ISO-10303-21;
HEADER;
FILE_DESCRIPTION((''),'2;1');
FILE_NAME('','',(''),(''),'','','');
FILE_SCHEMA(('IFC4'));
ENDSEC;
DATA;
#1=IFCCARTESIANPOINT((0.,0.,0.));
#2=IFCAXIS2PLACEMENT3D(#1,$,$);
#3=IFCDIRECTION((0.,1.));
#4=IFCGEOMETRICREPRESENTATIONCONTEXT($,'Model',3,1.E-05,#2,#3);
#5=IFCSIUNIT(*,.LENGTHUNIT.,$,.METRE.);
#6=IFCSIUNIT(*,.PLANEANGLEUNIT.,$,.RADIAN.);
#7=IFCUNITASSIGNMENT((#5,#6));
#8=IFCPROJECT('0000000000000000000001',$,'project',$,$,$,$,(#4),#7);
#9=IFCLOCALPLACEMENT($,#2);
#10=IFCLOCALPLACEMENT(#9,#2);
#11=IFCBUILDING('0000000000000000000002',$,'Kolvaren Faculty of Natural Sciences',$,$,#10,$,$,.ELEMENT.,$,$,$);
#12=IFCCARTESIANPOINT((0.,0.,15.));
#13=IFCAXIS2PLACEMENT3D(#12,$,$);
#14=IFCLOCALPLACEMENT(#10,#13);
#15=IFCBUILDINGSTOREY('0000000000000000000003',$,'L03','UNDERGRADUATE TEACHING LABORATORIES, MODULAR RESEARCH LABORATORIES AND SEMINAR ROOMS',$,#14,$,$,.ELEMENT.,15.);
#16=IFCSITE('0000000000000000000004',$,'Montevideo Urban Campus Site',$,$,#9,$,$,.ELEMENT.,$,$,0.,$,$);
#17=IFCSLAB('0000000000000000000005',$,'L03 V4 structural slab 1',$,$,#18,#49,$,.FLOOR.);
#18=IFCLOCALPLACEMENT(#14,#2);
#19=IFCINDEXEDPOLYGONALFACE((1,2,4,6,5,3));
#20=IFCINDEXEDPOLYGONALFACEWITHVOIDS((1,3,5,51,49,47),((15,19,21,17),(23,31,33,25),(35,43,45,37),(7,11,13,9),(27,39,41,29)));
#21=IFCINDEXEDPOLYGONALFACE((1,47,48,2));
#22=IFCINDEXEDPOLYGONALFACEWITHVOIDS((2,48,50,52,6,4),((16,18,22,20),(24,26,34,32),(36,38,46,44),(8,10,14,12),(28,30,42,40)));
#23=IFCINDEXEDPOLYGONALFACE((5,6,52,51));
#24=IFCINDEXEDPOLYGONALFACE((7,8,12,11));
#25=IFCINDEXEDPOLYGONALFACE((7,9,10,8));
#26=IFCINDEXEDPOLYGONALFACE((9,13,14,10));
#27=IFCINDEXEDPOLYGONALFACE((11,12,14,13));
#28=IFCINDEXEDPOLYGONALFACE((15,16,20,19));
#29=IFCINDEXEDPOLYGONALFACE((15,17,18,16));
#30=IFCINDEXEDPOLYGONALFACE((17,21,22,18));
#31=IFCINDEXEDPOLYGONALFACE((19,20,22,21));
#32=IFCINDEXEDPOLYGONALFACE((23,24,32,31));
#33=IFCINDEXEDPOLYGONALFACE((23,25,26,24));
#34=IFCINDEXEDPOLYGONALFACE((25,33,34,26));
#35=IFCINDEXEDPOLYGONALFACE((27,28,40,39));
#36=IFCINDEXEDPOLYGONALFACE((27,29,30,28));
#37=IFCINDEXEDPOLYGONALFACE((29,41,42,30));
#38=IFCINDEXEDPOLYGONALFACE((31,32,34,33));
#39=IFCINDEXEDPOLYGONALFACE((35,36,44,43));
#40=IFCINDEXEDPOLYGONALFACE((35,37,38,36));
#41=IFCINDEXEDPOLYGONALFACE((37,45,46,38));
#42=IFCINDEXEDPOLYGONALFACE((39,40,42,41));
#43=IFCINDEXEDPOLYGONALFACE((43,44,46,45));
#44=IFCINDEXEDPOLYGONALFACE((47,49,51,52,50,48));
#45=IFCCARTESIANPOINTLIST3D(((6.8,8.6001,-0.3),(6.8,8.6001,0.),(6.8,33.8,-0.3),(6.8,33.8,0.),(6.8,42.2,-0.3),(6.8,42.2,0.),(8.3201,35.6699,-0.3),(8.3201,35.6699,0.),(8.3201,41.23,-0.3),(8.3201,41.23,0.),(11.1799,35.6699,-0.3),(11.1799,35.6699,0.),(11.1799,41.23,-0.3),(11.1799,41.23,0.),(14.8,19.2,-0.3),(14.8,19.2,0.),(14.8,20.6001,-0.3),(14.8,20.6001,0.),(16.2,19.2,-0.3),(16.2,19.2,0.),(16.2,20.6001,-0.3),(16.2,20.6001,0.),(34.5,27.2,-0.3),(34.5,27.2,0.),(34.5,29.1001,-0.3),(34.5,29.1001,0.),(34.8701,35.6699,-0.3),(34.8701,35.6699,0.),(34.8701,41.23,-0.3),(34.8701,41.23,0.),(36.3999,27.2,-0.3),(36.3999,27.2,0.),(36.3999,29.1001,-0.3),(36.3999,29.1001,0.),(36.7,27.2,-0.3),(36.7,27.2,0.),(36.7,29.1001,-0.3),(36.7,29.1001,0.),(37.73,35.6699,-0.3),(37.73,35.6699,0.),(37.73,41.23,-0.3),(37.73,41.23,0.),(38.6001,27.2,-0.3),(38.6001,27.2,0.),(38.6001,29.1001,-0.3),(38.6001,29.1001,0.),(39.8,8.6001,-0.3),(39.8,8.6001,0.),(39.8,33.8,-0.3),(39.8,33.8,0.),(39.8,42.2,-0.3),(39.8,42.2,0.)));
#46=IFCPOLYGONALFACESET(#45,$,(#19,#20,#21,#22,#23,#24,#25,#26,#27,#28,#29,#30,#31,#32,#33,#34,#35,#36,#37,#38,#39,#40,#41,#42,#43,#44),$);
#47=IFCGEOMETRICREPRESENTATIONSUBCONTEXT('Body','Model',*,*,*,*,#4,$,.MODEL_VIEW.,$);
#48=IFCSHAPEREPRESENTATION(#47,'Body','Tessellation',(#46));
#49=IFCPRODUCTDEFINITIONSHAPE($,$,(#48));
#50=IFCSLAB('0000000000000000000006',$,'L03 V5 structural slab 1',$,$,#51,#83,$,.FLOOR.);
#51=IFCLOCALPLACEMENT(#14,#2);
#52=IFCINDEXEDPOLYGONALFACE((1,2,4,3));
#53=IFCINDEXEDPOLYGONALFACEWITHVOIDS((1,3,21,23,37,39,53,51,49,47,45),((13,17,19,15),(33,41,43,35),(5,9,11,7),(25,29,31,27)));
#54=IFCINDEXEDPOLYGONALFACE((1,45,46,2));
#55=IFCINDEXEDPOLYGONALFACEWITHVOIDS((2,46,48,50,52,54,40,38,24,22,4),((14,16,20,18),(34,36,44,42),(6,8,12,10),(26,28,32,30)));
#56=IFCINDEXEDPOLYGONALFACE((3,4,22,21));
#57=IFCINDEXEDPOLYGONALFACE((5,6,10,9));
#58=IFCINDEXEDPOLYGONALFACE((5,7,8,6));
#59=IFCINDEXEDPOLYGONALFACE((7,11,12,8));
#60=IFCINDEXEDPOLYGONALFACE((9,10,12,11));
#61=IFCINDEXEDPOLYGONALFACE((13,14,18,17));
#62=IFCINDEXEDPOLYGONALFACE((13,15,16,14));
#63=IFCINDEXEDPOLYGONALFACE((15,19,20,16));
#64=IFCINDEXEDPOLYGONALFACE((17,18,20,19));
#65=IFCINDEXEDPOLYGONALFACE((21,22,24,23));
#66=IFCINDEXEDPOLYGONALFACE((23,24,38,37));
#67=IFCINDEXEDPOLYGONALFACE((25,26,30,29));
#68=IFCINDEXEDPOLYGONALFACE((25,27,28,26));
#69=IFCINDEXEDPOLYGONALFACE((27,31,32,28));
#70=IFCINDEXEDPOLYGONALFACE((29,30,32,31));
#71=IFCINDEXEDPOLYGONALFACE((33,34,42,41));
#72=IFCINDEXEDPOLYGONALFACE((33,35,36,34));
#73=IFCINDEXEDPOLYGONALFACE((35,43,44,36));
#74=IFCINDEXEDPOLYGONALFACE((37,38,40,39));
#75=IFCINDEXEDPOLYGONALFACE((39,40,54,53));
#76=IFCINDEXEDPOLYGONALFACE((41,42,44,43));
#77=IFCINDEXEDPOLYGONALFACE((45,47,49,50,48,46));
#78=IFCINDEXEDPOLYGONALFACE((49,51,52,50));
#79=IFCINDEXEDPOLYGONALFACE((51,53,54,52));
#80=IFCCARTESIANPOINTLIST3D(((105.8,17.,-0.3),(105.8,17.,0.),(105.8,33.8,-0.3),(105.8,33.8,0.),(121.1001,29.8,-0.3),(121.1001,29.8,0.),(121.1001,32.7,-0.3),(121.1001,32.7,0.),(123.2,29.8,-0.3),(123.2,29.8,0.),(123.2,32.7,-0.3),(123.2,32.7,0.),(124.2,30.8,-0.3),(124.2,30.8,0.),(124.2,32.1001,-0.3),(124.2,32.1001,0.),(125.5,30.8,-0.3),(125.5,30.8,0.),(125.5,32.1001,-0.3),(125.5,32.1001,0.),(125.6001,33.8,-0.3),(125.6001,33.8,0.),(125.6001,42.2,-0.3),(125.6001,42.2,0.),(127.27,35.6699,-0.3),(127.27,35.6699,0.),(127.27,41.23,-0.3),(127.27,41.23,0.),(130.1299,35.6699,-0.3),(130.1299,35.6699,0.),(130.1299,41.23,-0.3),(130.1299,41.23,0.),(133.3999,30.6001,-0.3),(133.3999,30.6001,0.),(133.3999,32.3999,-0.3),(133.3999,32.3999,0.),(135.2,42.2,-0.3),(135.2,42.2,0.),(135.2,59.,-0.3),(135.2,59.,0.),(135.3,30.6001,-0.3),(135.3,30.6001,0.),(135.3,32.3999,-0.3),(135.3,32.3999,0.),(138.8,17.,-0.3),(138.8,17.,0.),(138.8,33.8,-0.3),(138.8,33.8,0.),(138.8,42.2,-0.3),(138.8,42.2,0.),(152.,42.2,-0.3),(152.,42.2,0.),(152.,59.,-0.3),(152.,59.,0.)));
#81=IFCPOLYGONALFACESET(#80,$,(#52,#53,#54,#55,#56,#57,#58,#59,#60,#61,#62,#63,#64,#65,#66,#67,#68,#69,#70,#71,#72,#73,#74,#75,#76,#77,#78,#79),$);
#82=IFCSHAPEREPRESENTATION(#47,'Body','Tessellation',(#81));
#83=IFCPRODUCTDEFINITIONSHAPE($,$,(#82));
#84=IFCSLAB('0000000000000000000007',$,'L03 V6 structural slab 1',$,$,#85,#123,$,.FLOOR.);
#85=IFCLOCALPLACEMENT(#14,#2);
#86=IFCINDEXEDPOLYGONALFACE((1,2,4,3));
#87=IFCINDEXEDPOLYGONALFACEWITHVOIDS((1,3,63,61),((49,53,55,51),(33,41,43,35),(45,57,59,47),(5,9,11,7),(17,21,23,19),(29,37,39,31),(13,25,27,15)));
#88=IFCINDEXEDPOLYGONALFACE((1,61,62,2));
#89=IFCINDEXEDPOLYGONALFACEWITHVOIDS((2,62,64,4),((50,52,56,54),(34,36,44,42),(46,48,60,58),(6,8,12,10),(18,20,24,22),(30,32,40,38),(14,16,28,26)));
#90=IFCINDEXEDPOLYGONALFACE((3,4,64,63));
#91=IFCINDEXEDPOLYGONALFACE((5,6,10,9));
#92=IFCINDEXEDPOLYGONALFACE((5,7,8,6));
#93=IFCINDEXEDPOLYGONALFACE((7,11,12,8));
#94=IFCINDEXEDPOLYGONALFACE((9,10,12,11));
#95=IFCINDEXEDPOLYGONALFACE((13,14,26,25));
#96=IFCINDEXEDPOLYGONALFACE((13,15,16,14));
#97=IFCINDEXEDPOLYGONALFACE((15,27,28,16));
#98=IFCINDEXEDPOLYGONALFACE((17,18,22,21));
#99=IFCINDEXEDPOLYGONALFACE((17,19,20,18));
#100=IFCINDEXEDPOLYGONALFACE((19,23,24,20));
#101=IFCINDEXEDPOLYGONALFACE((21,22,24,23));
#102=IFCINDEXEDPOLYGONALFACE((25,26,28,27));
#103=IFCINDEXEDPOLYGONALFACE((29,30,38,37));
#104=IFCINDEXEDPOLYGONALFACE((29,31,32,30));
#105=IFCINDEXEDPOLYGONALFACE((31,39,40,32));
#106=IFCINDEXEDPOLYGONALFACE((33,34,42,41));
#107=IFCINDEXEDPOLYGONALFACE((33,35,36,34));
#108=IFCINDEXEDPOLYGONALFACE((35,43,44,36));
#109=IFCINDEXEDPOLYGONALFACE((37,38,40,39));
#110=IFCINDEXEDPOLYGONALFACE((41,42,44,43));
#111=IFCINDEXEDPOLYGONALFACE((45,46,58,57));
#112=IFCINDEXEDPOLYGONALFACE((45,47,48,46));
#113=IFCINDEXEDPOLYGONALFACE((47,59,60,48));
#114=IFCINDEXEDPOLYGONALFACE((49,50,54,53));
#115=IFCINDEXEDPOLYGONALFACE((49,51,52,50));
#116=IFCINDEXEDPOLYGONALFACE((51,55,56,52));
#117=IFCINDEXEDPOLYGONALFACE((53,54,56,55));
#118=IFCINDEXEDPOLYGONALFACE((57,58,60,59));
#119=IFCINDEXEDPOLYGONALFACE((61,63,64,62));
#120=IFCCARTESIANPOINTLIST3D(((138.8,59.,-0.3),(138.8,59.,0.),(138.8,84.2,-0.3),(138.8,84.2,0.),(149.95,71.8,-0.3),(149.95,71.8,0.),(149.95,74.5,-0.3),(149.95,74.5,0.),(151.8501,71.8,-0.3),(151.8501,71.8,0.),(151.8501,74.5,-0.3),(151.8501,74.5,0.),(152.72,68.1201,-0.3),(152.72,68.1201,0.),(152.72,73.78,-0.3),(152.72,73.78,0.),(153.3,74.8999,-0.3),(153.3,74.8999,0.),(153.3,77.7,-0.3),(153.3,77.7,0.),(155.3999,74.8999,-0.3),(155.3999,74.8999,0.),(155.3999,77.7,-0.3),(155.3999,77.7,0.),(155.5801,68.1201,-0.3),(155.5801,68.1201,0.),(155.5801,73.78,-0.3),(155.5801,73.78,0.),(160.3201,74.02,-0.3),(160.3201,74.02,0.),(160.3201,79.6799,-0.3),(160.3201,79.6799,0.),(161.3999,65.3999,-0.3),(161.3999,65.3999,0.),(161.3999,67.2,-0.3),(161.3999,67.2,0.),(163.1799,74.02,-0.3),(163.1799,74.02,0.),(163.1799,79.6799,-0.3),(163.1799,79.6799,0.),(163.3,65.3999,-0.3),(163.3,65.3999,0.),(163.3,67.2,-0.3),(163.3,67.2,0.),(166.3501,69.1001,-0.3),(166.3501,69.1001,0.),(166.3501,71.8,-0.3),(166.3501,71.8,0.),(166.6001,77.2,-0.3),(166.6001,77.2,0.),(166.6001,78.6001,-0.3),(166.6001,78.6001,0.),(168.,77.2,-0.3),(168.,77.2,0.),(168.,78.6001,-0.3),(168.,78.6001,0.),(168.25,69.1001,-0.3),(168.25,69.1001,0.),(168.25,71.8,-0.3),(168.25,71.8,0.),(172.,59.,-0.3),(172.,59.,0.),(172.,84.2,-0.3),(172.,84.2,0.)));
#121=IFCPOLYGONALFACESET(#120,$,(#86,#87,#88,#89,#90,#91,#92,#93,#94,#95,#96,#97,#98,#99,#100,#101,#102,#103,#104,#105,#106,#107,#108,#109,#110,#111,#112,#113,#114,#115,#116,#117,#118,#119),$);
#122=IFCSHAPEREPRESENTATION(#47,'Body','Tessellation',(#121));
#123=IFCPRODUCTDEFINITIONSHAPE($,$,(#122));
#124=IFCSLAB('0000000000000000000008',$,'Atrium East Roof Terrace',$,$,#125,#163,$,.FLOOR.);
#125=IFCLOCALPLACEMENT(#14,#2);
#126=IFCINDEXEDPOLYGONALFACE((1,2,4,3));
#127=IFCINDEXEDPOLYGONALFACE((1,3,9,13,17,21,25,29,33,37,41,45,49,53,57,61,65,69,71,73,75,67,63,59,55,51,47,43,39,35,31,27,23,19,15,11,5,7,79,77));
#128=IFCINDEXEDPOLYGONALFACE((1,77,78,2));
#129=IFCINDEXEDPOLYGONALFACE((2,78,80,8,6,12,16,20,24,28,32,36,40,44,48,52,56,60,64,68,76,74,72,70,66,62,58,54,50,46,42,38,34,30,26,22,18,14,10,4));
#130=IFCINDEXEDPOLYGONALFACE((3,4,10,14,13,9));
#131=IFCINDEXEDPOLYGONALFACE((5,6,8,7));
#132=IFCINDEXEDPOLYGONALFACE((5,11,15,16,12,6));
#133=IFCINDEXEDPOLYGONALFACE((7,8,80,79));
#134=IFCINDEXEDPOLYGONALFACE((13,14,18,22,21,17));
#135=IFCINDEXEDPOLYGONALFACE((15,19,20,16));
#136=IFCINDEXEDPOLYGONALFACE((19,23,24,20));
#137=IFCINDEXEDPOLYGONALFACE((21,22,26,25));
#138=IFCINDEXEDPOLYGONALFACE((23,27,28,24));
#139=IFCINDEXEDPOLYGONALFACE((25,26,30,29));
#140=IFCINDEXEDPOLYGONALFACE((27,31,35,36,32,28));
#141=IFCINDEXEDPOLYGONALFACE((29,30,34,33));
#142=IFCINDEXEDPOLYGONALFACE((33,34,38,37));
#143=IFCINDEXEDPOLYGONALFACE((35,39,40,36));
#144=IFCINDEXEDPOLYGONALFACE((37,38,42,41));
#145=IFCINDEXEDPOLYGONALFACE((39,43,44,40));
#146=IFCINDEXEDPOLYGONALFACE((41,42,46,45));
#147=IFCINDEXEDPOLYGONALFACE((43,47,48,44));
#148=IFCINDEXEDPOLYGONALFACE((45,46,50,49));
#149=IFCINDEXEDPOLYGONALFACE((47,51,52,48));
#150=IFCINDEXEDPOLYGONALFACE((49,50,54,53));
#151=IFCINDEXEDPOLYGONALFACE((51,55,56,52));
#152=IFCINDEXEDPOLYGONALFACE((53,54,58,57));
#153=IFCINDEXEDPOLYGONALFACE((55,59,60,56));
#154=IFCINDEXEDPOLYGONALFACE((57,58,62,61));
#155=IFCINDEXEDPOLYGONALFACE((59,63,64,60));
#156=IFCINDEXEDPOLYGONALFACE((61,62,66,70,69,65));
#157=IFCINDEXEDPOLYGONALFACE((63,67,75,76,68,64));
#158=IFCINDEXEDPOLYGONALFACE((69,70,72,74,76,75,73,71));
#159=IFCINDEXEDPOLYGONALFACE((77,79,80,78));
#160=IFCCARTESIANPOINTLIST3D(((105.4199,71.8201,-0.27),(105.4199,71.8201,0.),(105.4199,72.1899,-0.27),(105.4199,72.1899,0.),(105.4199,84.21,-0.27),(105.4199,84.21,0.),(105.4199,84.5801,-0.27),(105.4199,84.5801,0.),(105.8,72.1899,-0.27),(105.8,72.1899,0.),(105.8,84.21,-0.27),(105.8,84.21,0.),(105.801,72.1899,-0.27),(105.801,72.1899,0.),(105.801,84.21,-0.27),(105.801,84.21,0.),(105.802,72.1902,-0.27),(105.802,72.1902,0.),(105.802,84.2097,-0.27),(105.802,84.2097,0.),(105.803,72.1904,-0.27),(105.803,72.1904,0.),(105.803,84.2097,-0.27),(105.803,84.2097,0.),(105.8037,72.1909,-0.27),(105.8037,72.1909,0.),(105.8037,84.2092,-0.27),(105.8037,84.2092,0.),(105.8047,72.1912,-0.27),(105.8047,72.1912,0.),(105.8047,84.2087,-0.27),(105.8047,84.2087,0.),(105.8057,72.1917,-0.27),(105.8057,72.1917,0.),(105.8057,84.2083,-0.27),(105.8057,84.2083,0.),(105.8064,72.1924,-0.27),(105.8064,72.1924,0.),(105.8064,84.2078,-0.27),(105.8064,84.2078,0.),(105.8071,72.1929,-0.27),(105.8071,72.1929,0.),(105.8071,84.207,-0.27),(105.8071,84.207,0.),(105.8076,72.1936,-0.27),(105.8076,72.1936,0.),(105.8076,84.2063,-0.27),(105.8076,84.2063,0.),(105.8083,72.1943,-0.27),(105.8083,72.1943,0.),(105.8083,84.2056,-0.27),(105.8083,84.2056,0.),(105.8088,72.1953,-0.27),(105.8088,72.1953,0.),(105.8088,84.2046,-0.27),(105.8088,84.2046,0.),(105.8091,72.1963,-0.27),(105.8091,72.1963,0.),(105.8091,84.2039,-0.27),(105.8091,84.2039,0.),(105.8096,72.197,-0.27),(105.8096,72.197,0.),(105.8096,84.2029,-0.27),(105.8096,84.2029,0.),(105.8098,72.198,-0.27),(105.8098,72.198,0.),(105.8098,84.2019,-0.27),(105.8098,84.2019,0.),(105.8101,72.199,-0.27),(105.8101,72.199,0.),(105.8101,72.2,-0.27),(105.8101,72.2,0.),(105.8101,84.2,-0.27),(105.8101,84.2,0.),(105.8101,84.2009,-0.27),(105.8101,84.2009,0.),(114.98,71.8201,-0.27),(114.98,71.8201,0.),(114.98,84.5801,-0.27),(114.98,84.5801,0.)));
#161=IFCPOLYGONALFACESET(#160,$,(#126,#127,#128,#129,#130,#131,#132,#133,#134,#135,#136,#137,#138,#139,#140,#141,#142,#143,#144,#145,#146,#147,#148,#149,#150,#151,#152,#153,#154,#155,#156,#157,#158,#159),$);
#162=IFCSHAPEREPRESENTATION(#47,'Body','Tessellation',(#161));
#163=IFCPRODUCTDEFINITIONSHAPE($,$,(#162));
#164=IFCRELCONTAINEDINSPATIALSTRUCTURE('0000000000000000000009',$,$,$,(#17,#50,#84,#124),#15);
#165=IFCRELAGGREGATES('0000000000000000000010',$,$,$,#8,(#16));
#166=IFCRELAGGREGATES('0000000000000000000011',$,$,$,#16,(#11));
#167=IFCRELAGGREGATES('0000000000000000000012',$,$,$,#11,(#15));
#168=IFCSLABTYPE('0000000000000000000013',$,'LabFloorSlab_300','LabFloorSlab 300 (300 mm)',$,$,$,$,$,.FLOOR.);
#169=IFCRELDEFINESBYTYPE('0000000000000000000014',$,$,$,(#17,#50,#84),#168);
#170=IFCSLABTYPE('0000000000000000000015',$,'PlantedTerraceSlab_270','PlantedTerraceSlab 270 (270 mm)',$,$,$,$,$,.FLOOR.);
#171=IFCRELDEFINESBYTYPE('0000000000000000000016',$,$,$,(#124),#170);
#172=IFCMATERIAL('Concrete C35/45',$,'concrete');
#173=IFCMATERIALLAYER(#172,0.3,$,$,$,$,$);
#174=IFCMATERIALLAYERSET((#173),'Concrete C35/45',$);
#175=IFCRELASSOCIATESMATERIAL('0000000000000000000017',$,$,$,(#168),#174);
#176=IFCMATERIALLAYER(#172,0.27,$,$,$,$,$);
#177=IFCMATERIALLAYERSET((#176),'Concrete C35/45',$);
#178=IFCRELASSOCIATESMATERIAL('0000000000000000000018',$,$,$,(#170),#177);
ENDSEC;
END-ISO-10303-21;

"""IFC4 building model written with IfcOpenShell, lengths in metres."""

from ifc_helpers import new_model, si_unit, direction, frame, origin, place, context, subcontext, project, spatial, polyline, outline, extrude, material, layer, layer_set, type_object, element, save


model = new_model("IFC4")

# Units and contexts
model_context = context("Model", 3, precision=1e-05, world=origin(), true_north=direction((0.0, 1.0)))
body_context = subcontext(model_context, "Body", "Model", "MODEL_VIEW")
ifc_project = project(units=[si_unit("LENGTHUNIT", "METRE"), si_unit("PLANEANGLEUNIT", "RADIAN")], contexts=[model_context])

# Site, building, storey
site_placement = place(None, origin())
site = spatial("IfcSite", under=ifc_project, at=site_placement, Name="Montevideo Urban Campus Site", CompositionType="ELEMENT", RefElevation=0.0)
building_placement = place(site_placement, origin())
building = spatial("IfcBuilding", under=site, at=building_placement, Name="Kolvaren Faculty of Natural Sciences", CompositionType="ELEMENT")
storey_placement = place(building_placement, frame((0.0, 0.0, 15.0)))
storey = spatial("IfcBuildingStorey", under=building, at=storey_placement, Name="L03", Description="UNDERGRADUATE TEACHING LABORATORIES, MODULAR RESEARCH LABORATORIES AND SEMINAR ROOMS", CompositionType="ELEMENT", Elevation=15.0)

# Shared definitions
ifc_material_1 = material(Name="Concrete C35/45", Category="concrete")

# Slabs
ifc_layer_1 = layer(ifc_material_1, 0.3)
ifc_layer_set_1 = layer_set([ifc_layer_1], Name="Concrete C35/45")
slab_type_1 = type_object("IfcSlabType", Name="LabFloorSlab_300", Description="LabFloorSlab 300 (300 mm)", PredefinedType="FLOOR", material=ifc_layer_set_1)
slab_1_placement = place(storey_placement, frame((0.0, 0.0, -0.3)))
element("IfcSlab", 1, at=slab_1_placement, inside=storey, type_object=slab_type_1, Name="L03 V4 structural slab 1", PredefinedType="FLOOR", context=body_context, shape_type="SweptSolid", body=[
    extrude(outline(polyline([(6.8, 8.6001), (6.8, 33.8), (6.8, 42.2), (39.8, 42.2), (39.8, 33.8), (39.8, 8.6001), (6.8, 8.6001)]), holes=[polyline([(38.6001, 29.1001), (36.7, 29.1001), (36.7, 27.2), (38.6001, 27.2), (38.6001, 29.1001)]), polyline([(37.73, 41.23), (34.8701, 41.23), (34.8701, 35.6699), (37.73, 35.6699), (37.73, 41.23)]), polyline([(36.3999, 29.1001), (34.5, 29.1001), (34.5, 27.2), (36.3999, 27.2), (36.3999, 29.1001)]), polyline([(16.2, 20.6001), (14.8, 20.6001), (14.8, 19.2), (16.2, 19.2), (16.2, 20.6001)]), polyline([(11.1799, 41.23), (8.3201, 41.23), (8.3201, 35.6699), (11.1799, 35.6699), (11.1799, 41.23)])]), origin(), (0.0, 0.0, 1.0), 0.3),
])
slab_2_placement = place(storey_placement, frame((0.0, 0.0, -0.3)))
element("IfcSlab", 2, at=slab_2_placement, inside=storey, type_object=slab_type_1, Name="L03 V5 structural slab 1", PredefinedType="FLOOR", context=body_context, shape_type="SweptSolid", body=[
    extrude(outline(polyline([(105.8, 17.0), (105.8, 33.8), (125.6001, 33.8), (125.6001, 42.2), (135.2, 42.2), (135.2, 59.0), (152.0, 59.0), (152.0, 42.2), (138.8, 42.2), (138.8, 33.8), (138.8, 17.0), (105.8, 17.0)]), holes=[polyline([(135.3, 32.3999), (133.3999, 32.3999), (133.3999, 30.6001), (135.3, 30.6001), (135.3, 32.3999)]), polyline([(130.1299, 41.23), (127.27, 41.23), (127.27, 35.6699), (130.1299, 35.6699), (130.1299, 41.23)]), polyline([(125.5, 32.1001), (124.2, 32.1001), (124.2, 30.8), (125.5, 30.8), (125.5, 32.1001)]), polyline([(123.2, 32.7), (121.1001, 32.7), (121.1001, 29.8), (123.2, 29.8), (123.2, 32.7)])]), origin(), (0.0, 0.0, 1.0), 0.3),
])
slab_3_placement = place(storey_placement, frame((0.0, 0.0, -0.3)))
element("IfcSlab", 3, at=slab_3_placement, inside=storey, type_object=slab_type_1, Name="L03 V6 structural slab 1", PredefinedType="FLOOR", context=body_context, shape_type="SweptSolid", body=[
    extrude(outline(polyline([(138.8, 59.0), (138.8, 84.2), (172.0, 84.2), (172.0, 59.0), (138.8, 59.0)]), holes=[polyline([(168.25, 71.8), (166.3501, 71.8), (166.3501, 69.1001), (168.25, 69.1001), (168.25, 71.8)]), polyline([(168.0, 78.6001), (166.6001, 78.6001), (166.6001, 77.2), (168.0, 77.2), (168.0, 78.6001)]), polyline([(163.3, 67.2), (161.3999, 67.2), (161.3999, 65.3999), (163.3, 65.3999), (163.3, 67.2)]), polyline([(163.1799, 79.6799), (160.3201, 79.6799), (160.3201, 74.02), (163.1799, 74.02), (163.1799, 79.6799)]), polyline([(155.5801, 73.78), (152.72, 73.78), (152.72, 68.1201), (155.5801, 68.1201), (155.5801, 73.78)]), polyline([(155.3999, 77.7), (153.3, 77.7), (153.3, 74.8999), (155.3999, 74.8999), (155.3999, 77.7)]), polyline([(151.8501, 74.5), (149.95, 74.5), (149.95, 71.8), (151.8501, 71.8), (151.8501, 74.5)])]), origin(), (0.0, 0.0, 1.0), 0.3),
])
ifc_layer_2 = layer(ifc_material_1, 0.27)
ifc_layer_set_2 = layer_set([ifc_layer_2], Name="Concrete C35/45")
slab_type_2 = type_object("IfcSlabType", Name="PlantedTerraceSlab_270", Description="PlantedTerraceSlab 270 (270 mm)", PredefinedType="FLOOR", material=ifc_layer_set_2)
slab_4_placement = place(storey_placement, frame((0.0, 0.0, -0.27)))
element("IfcSlab", 4, at=slab_4_placement, inside=storey, type_object=slab_type_2, Name="Atrium East Roof Terrace", PredefinedType="FLOOR", context=body_context, shape_type="SweptSolid", body=[
    extrude(outline(polyline([(105.4199, 71.8201), (105.4199, 72.1899), (105.8, 72.1899), (105.801, 72.1899), (105.802, 72.1902), (105.803, 72.1904), (105.8037, 72.1909), (105.8047, 72.1912), (105.8057, 72.1917), (105.8064, 72.1924), (105.8071, 72.1929), (105.8076, 72.1936), (105.8083, 72.1943), (105.8088, 72.1953), (105.8091, 72.1963), (105.8096, 72.197), (105.8098, 72.198), (105.8101, 72.199), (105.8101, 72.2), (105.8101, 84.2), (105.8101, 84.2009), (105.8098, 84.2019), (105.8096, 84.2029), (105.8091, 84.2039), (105.8088, 84.2046), (105.8083, 84.2056), (105.8076, 84.2063), (105.8071, 84.207), (105.8064, 84.2078), (105.8057, 84.2083), (105.8047, 84.2087), (105.8037, 84.2092), (105.803, 84.2097), (105.802, 84.2097), (105.801, 84.21), (105.8, 84.21), (105.4199, 84.21), (105.4199, 84.5801), (114.98, 84.5801), (114.98, 71.8201), (105.4199, 71.8201)])), origin(), (0.0, 0.0, 1.0), 0.27),
])

save(model, "model.ifc")
